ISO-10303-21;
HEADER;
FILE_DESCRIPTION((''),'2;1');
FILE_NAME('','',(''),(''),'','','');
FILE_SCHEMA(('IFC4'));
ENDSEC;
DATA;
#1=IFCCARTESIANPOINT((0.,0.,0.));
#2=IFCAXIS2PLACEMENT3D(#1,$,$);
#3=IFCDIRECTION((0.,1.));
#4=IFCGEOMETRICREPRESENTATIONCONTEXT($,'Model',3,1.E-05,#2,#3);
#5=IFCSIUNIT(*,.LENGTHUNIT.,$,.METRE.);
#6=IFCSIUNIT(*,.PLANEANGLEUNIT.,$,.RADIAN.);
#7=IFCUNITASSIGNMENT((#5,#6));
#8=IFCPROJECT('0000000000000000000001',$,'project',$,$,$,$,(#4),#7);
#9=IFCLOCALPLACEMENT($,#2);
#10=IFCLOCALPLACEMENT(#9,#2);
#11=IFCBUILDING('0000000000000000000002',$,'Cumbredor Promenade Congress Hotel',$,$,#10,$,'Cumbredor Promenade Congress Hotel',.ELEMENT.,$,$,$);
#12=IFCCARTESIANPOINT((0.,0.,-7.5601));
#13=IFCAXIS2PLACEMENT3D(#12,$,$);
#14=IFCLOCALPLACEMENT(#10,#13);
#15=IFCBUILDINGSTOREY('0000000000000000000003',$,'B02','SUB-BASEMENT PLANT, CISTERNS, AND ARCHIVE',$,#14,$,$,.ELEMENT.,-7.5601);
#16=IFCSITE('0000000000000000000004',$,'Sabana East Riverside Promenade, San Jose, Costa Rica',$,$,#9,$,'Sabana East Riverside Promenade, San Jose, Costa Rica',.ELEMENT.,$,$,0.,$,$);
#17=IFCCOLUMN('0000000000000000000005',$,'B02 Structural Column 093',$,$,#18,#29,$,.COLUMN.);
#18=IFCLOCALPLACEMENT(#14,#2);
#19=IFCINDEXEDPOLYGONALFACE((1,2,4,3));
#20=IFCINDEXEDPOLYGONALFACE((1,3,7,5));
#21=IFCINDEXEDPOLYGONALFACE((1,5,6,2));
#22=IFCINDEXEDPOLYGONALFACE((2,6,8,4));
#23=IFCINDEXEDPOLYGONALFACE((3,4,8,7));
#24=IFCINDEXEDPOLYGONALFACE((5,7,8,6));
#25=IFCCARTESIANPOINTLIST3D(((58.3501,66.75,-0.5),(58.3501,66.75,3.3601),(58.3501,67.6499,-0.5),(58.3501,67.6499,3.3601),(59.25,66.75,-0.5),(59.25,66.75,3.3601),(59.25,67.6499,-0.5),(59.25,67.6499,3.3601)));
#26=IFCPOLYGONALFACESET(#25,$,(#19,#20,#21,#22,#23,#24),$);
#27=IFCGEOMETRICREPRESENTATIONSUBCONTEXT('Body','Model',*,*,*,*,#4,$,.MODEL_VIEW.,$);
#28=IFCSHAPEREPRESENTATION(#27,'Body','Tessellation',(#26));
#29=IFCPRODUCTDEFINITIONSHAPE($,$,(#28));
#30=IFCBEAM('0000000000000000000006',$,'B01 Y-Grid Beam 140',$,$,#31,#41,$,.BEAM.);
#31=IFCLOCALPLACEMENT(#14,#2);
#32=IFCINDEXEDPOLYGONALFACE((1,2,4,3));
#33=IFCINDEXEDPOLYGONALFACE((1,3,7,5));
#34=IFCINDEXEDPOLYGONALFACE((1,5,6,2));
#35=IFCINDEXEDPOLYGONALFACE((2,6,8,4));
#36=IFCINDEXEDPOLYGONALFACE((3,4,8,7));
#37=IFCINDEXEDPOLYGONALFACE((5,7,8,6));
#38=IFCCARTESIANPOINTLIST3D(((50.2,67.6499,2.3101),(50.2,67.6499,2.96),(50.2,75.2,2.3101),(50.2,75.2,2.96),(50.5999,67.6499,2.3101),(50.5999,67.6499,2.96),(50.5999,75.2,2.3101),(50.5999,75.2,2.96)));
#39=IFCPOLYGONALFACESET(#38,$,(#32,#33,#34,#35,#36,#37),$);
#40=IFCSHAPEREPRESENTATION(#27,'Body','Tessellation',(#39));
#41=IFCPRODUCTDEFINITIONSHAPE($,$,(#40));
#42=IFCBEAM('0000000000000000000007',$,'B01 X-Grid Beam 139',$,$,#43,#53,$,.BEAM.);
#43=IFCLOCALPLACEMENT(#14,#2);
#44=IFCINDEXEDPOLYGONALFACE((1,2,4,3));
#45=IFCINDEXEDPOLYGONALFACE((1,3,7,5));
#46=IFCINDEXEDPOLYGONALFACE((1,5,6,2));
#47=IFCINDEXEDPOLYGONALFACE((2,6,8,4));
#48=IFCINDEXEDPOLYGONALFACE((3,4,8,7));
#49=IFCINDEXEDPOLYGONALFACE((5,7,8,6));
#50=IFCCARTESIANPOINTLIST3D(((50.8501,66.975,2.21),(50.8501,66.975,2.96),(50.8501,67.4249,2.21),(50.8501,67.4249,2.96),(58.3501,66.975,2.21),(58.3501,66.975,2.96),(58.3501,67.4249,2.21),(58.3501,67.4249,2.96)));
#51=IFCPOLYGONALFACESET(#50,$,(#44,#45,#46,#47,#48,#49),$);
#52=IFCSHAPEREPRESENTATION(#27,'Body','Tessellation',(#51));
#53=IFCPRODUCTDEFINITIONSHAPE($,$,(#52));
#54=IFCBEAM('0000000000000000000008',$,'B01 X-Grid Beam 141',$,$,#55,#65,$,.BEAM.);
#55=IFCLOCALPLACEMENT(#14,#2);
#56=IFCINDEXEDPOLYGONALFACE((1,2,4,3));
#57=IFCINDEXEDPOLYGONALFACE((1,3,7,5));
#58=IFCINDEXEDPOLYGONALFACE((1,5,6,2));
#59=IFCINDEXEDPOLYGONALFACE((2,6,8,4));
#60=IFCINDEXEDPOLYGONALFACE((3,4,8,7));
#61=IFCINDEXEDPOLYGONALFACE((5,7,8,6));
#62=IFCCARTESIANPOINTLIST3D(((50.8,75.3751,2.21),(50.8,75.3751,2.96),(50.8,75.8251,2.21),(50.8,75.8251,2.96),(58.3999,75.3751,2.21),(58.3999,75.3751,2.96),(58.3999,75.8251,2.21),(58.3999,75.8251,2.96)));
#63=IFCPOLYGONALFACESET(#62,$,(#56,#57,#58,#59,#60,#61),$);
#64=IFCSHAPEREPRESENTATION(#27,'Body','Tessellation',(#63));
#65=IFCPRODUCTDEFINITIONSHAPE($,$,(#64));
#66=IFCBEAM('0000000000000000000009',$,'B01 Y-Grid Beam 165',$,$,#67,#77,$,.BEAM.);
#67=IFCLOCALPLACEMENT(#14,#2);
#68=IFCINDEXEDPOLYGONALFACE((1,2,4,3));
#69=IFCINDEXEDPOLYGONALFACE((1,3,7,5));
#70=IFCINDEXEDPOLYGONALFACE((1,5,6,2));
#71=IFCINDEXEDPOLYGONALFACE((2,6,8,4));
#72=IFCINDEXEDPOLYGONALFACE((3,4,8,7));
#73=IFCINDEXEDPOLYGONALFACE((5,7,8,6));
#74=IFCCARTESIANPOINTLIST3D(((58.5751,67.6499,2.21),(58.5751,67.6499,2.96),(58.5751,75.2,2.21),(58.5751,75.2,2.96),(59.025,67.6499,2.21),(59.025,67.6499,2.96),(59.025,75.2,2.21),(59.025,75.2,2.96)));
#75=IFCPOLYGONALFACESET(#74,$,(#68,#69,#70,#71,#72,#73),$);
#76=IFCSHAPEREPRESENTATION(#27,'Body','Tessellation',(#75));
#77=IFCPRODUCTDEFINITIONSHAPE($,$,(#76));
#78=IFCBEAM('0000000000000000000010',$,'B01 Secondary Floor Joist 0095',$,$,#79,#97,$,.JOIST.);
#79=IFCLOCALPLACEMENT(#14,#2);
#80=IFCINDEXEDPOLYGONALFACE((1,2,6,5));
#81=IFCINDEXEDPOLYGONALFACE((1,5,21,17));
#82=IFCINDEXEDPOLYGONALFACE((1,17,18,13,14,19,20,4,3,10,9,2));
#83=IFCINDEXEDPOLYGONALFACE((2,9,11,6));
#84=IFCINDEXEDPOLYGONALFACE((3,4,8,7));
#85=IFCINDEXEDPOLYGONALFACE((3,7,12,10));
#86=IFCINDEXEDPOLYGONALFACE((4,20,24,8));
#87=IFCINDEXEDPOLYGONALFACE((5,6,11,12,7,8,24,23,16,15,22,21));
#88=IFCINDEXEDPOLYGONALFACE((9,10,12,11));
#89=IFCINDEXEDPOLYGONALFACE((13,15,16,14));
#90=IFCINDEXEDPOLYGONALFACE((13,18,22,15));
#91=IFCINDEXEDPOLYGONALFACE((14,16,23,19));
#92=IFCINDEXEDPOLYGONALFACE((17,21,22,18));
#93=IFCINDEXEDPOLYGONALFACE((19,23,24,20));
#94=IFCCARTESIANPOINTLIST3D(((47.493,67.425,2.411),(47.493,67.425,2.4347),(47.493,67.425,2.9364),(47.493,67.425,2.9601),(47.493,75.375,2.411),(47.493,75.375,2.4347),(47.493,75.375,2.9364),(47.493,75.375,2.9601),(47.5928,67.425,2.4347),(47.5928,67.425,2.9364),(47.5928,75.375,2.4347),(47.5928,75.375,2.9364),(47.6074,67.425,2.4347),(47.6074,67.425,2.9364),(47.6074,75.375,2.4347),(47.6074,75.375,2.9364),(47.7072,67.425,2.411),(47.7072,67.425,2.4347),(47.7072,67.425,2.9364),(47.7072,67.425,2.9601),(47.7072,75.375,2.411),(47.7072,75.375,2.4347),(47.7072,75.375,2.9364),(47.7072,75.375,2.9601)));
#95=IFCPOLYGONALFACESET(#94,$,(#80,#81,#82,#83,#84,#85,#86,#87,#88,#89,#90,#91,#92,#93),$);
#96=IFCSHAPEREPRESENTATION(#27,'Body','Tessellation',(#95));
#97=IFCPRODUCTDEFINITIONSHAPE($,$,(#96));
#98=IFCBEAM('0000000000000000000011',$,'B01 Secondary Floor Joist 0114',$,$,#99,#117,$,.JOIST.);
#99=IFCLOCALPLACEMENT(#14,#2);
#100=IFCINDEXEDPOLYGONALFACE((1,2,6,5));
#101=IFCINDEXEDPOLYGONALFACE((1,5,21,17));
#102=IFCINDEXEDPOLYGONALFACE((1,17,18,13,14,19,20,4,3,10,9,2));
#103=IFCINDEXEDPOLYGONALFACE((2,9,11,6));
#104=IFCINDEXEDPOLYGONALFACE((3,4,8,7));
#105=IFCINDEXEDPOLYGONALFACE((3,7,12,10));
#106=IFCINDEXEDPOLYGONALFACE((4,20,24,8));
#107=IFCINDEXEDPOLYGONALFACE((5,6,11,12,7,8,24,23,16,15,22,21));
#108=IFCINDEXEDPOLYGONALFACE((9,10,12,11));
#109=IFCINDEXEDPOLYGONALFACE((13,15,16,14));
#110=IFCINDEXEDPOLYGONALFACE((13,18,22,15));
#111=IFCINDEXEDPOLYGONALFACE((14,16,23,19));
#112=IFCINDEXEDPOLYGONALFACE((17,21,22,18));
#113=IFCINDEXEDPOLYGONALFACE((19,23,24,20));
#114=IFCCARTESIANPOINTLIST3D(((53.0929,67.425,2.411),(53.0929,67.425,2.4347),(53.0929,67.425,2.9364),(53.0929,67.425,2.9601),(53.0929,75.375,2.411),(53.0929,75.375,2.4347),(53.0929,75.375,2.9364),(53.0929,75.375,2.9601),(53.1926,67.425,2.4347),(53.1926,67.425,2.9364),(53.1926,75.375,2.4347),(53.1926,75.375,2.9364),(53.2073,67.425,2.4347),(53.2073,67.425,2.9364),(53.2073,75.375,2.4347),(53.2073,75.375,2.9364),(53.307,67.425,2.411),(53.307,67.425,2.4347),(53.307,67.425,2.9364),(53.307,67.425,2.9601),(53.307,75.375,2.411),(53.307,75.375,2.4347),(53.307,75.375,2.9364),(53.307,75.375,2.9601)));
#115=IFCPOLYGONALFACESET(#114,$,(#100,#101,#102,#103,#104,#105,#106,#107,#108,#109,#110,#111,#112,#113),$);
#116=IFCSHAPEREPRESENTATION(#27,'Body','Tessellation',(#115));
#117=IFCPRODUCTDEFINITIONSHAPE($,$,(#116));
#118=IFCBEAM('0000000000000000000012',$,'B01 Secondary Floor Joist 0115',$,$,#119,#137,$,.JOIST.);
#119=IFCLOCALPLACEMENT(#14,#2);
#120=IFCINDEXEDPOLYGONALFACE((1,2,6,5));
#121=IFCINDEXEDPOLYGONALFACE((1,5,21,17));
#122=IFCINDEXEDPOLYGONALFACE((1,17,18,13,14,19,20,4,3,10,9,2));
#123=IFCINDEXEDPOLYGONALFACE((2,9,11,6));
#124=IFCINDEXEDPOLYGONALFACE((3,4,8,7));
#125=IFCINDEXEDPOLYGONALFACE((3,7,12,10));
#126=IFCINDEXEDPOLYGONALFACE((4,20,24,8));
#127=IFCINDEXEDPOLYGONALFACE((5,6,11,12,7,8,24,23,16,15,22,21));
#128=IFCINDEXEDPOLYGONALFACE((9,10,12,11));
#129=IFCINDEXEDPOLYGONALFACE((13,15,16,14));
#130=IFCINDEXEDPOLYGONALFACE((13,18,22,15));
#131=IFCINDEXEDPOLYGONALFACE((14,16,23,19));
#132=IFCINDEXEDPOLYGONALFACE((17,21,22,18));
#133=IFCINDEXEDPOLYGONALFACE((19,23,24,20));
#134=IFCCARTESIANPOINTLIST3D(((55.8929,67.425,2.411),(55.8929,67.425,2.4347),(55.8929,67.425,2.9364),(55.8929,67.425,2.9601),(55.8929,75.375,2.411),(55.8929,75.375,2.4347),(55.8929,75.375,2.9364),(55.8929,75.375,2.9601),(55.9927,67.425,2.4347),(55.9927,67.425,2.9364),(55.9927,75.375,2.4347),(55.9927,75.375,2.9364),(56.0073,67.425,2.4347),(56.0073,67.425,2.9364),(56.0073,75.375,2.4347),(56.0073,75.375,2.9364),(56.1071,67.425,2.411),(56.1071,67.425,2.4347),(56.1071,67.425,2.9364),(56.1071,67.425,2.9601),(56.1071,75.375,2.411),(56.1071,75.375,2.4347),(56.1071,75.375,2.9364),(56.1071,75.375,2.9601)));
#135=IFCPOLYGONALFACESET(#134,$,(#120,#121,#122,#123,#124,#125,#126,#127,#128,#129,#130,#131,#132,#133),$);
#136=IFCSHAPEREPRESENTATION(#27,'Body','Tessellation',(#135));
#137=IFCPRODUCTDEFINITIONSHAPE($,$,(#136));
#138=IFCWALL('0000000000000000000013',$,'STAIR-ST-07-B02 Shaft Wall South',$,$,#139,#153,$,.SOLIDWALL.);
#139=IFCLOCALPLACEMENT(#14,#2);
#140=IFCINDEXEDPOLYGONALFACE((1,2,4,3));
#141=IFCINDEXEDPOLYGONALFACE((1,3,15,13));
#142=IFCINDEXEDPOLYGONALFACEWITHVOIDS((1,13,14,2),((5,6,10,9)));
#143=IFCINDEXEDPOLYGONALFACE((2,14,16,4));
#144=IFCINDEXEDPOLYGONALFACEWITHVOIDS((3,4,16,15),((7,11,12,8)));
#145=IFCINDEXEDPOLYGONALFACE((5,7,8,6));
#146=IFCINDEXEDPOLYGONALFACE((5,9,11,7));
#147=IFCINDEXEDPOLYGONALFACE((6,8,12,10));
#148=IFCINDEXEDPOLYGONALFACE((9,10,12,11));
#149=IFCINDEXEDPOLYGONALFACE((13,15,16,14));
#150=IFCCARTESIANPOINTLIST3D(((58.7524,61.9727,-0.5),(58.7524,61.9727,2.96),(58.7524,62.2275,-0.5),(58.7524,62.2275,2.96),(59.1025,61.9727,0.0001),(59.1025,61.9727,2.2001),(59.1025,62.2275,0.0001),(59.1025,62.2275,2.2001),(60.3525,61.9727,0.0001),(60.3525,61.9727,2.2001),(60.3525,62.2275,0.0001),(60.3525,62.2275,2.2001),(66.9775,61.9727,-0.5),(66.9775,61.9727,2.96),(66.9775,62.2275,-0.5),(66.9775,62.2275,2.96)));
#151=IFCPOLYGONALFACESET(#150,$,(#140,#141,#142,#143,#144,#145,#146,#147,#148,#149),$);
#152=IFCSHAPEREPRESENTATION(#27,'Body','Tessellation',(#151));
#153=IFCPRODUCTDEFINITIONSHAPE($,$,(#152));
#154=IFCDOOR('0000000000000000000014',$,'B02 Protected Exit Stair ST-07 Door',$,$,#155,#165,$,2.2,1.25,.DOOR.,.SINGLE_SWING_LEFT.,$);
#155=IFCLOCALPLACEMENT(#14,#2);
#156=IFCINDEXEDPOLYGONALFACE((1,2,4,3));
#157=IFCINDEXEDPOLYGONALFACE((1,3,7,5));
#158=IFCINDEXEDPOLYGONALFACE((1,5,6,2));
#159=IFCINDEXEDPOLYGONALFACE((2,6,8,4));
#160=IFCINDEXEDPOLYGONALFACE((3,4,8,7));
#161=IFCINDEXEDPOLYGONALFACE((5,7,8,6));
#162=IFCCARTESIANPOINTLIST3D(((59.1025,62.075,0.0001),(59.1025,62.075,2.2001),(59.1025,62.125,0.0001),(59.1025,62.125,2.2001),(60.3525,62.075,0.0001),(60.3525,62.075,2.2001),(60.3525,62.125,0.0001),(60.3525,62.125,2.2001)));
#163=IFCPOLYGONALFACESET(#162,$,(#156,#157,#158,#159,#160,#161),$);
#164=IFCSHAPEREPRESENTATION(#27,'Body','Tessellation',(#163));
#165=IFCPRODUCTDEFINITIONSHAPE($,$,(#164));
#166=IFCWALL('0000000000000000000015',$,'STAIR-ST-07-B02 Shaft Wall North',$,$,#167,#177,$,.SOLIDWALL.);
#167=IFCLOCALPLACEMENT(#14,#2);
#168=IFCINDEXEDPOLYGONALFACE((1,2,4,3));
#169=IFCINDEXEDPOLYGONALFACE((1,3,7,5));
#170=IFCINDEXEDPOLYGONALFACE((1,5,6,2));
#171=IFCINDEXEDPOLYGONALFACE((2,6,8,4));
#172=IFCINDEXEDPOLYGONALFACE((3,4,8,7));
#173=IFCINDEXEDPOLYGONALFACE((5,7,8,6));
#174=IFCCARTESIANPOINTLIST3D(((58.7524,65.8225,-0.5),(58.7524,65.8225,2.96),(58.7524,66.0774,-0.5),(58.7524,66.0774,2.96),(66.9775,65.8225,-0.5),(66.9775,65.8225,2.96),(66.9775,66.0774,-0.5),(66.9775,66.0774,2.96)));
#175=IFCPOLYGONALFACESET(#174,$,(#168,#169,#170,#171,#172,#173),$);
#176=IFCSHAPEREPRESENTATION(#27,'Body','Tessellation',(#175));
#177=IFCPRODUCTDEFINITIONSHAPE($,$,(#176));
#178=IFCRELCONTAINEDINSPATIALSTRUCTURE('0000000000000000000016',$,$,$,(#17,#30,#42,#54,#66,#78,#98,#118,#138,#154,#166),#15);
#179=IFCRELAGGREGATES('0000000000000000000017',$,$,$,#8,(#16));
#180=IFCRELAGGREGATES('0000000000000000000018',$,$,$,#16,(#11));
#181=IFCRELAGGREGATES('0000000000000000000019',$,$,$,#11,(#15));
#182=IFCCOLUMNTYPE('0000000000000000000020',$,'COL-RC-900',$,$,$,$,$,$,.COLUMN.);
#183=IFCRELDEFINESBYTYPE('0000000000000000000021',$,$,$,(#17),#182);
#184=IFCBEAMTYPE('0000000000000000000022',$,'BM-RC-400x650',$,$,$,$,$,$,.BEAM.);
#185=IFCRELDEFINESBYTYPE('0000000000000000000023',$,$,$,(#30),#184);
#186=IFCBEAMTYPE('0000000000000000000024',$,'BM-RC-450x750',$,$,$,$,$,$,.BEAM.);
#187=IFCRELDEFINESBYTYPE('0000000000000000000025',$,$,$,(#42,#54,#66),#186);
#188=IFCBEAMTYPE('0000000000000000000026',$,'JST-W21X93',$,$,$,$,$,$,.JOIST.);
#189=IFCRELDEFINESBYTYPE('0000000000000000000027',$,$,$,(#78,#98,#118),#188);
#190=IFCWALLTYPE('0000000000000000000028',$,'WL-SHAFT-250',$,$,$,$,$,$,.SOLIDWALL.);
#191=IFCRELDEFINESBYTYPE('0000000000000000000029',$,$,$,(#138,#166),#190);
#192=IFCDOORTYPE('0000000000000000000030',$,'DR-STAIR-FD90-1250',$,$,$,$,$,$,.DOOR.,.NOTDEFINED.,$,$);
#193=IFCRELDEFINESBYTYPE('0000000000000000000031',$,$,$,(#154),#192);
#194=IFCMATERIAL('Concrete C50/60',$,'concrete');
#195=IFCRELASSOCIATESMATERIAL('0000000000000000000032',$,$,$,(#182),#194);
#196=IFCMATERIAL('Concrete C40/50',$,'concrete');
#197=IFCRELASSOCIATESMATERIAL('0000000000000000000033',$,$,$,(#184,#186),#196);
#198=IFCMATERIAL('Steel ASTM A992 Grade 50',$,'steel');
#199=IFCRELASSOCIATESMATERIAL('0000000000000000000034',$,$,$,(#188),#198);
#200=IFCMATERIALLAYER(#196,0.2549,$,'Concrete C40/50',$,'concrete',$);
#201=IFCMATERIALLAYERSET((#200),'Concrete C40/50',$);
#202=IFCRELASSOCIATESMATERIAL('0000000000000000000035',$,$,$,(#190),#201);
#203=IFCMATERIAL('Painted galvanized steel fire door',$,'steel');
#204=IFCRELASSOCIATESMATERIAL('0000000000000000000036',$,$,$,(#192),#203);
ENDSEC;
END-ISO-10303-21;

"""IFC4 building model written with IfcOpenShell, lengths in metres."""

from ifc_helpers import new_model, si_unit, direction, frame, frame_2d, origin, origin_2d, place, context, subcontext, project, spatial, rectangle, i_section, extrude, material, layer, layer_set, material_profile, profile_set, type_object, element, fill, save


model = new_model("IFC4")

# Units and contexts
model_context = context("Model", 3, precision=1e-05, world=origin(), true_north=direction((0.0, 1.0)))
body_context = subcontext(model_context, "Body", "Model", "MODEL_VIEW")
ifc_project = project(units=[si_unit("LENGTHUNIT", "METRE"), si_unit("PLANEANGLEUNIT", "RADIAN")], contexts=[model_context])

# Site, building, storey
site_placement = place(None, origin())
site = spatial("IfcSite", under=ifc_project, at=site_placement, Name="Sabana East Riverside Promenade, San Jose, Costa Rica", LongName="Sabana East Riverside Promenade, San Jose, Costa Rica", CompositionType="ELEMENT", RefElevation=0.0)
building_placement = place(site_placement, origin())
building = spatial("IfcBuilding", under=site, at=building_placement, Name="Cumbredor Promenade Congress Hotel", LongName="Cumbredor Promenade Congress Hotel", CompositionType="ELEMENT")
storey_placement = place(building_placement, frame((0.0, 0.0, -7.5601)))
storey = spatial("IfcBuildingStorey", under=building, at=storey_placement, Name="B02", Description="SUB-BASEMENT PLANT, CISTERNS, AND ARCHIVE", CompositionType="ELEMENT", Elevation=-7.5601)

# Shared definitions
ifc_material_1 = material(Name="Concrete C40/50", Category="concrete")

# Column
ifc_material_2 = material(Name="Concrete C50/60", Category="concrete")
ifc_material_profile_1 = material_profile(ifc_material_2, rectangle(XDim=0.8999, YDim=0.8999, at=origin_2d()), Name="RC 900x900")
ifc_profile_set_1 = profile_set([ifc_material_profile_1], Name="Concrete C50/60")
column_type_1 = type_object("IfcColumnType", Name="COL-RC-900", PredefinedType="COLUMN", material=ifc_profile_set_1)
for number, where, z_axis, x_axis, name in (
    (1, (58.8, 67.2, -0.5), (0.0, 0.0, 1.0), (1.0, 0.0, 0.0), "B02 Structural Column 093"),
):
    element("IfcColumn", number, at=place(storey_placement, frame(where, z_axis=z_axis, x_axis=x_axis)), inside=storey, type_object=column_type_1, Name=name, PredefinedType="COLUMN", context=body_context, shape_type="SweptSolid", body=[
        extrude(rectangle(XDim=0.8999, YDim=0.8999, at=origin_2d()), origin(), (0.0, 0.0, 1.0), 3.8601),
    ])

# Beams
ifc_material_profile_2 = material_profile(ifc_material_1, rectangle(XDim=0.3999, YDim=0.6499, at=origin_2d()), Name="RC BEAM 400x650")
ifc_profile_set_2 = profile_set([ifc_material_profile_2], Name="Concrete C40/50")
beam_type_1 = type_object("IfcBeamType", Name="BM-RC-400x650", PredefinedType="BEAM", material=ifc_profile_set_2)
beam_1_placement = place(storey_placement, frame((50.3999, 67.6499, 2.635), z_axis=(0.0, 1.0, 0.0), x_axis=(-1.0, 0.0, 0.0)))
element("IfcBeam", 2, at=beam_1_placement, inside=storey, type_object=beam_type_1, Name="B01 Y-Grid Beam 140", PredefinedType="BEAM", context=body_context, shape_type="SweptSolid", body=[
    extrude(rectangle(XDim=0.3999, YDim=0.6499, at=origin_2d()), origin(), (0.0, 0.0, 1.0), 7.55),
])
ifc_material_profile_3 = material_profile(ifc_material_1, rectangle(XDim=0.45, YDim=0.75, at=origin_2d()), Name="RC BEAM 450x750")
ifc_profile_set_3 = profile_set([ifc_material_profile_3], Name="Concrete C40/50")
beam_type_2 = type_object("IfcBeamType", Name="BM-RC-450x750", PredefinedType="BEAM", material=ifc_profile_set_3)
beam_2_placement = place(storey_placement, frame((50.8501, 67.2, 2.585), z_axis=(1.0, 0.0, 0.0), x_axis=(0.0, 1.0, 0.0)))
element("IfcBeam", 3, at=beam_2_placement, inside=storey, type_object=beam_type_2, Name="B01 X-Grid Beam 139", PredefinedType="BEAM", context=body_context, shape_type="SweptSolid", body=[
    extrude(rectangle(XDim=0.45, YDim=0.75, at=origin_2d()), origin(), (0.0, 0.0, 1.0), 7.5),
])
beam_3_placement = place(storey_placement, frame((50.8, 75.6001, 2.585), z_axis=(1.0, 0.0, 0.0), x_axis=(0.0, 1.0, 0.0)))
element("IfcBeam", 4, at=beam_3_placement, inside=storey, type_object=beam_type_2, Name="B01 X-Grid Beam 141", PredefinedType="BEAM", context=body_context, shape_type="SweptSolid", body=[
    extrude(rectangle(XDim=0.45, YDim=0.75, at=origin_2d()), origin(), (0.0, 0.0, 1.0), 7.5999),
])
beam_4_placement = place(storey_placement, frame((58.8, 67.6499, 2.585), z_axis=(0.0, 1.0, 0.0), x_axis=(-1.0, 0.0, 0.0)))
element("IfcBeam", 5, at=beam_4_placement, inside=storey, type_object=beam_type_2, Name="B01 Y-Grid Beam 165", PredefinedType="BEAM", context=body_context, shape_type="SweptSolid", body=[
    extrude(rectangle(XDim=0.45, YDim=0.75, at=origin_2d()), origin(), (0.0, 0.0, 1.0), 7.55),
])
ifc_material_3 = material(Name="Steel ASTM A992 Grade 50", Category="steel")
ifc_material_profile_4 = material_profile(ifc_material_3, i_section(OverallWidth=0.2141, OverallDepth=0.5491, WebThickness=0.0146, FlangeThickness=0.0237, at=origin_2d()), Name="W21X93")
ifc_profile_set_4 = profile_set([ifc_material_profile_4], Name="Steel ASTM A992 Grade 50")
beam_type_3 = type_object("IfcBeamType", Name="JST-W21X93", PredefinedType="JOIST", material=ifc_profile_set_4)
for number, where, z_axis, x_axis, name in (
    (6, (47.6001, 67.425, 2.6855), (0.0, 1.0, 0.0), (-1.0, 0.0, 0.0), "B01 Secondary Floor Joist 0095"),
    (7, (53.2, 67.425, 2.6855), (0.0, 1.0, 0.0), (-1.0, 0.0, 0.0), "B01 Secondary Floor Joist 0114"),
    (8, (56.0, 67.425, 2.6855), (0.0, 1.0, 0.0), (-1.0, 0.0, 0.0), "B01 Secondary Floor Joist 0115"),
):
    element("IfcBeam", number, at=place(storey_placement, frame(where, z_axis=z_axis, x_axis=x_axis)), inside=storey, type_object=beam_type_3, Name=name, PredefinedType="JOIST", context=body_context, shape_type="SweptSolid", body=[
        extrude(i_section(OverallWidth=0.2141, OverallDepth=0.5491, WebThickness=0.0146, FlangeThickness=0.0237, at=origin_2d()), origin(), (0.0, 0.0, 1.0), 7.95),
    ])

# Wall, opening, door
ifc_layer = layer(ifc_material_1, 0.2549, Name="Concrete C40/50", Category="concrete")
ifc_layer_set = layer_set([ifc_layer], Name="Concrete C40/50")
wall_type = type_object("IfcWallType", Name="WL-SHAFT-250", PredefinedType="SOLIDWALL", material=ifc_layer_set)
wall_1_placement = place(storey_placement, frame((58.7524, 62.1001, -0.5), z_axis=(0.0, 0.0, 1.0), x_axis=(1.0, 0.0, 0.0)))
wall_1 = element("IfcWall", 9, at=wall_1_placement, inside=storey, type_object=wall_type, Name="STAIR-ST-07-B02 Shaft Wall South", PredefinedType="SOLIDWALL", context=body_context, shape_type="SweptSolid", body=[
    extrude(rectangle(XDim=8.2251, YDim=0.2549, at=frame_2d((4.1125, 0.0))), origin(), (0.0, 0.0, 1.0), 3.46),
])
opening_placement = place(wall_1_placement, frame((0.3501, 0.0, 0.5)))
opening = element("IfcOpeningElement", 10, at=opening_placement, cuts=wall_1, PredefinedType="OPENING", context=body_context, shape_type="SweptSolid", body=[
    extrude(rectangle(XDim=1.25, YDim=2.2, at=frame_2d((0.625, 1.1001))), frame((0.0, 0.1375, 0.0), z_axis=(0.0, -1.0, 0.0), x_axis=(1.0, 0.0, 0.0)), (0.0, 0.0, 1.0), 0.2749),
])
ifc_material_4 = material(Name="Painted galvanized steel fire door", Category="steel")
door_type = type_object("IfcDoorType", Name="DR-STAIR-FD90-1250", OperationType="NOTDEFINED", PredefinedType="DOOR", material=ifc_material_4)
door_placement = place(opening_placement, origin())
door = element("IfcDoor", 11, at=door_placement, inside=storey, type_object=door_type, Name="B02 Protected Exit Stair ST-07 Door", OperationType="SINGLE_SWING_LEFT", OverallHeight=2.2, OverallWidth=1.25, PredefinedType="DOOR", context=body_context, shape_type="SweptSolid", body=[
    extrude(rectangle(XDim=1.25, YDim=2.2, at=frame_2d((0.625, 1.1001))), frame((0.0, 0.0249, 0.0), z_axis=(0.0, -1.0, 0.0), x_axis=(1.0, 0.0, 0.0)), (0.0, 0.0, 1.0), 0.05),
])
fill(opening, door)

# Wall
wall_2_placement = place(storey_placement, frame((58.7524, 65.95, -0.5), z_axis=(0.0, 0.0, 1.0), x_axis=(1.0, 0.0, 0.0)))
element("IfcWall", 12, at=wall_2_placement, inside=storey, type_object=wall_type, Name="STAIR-ST-07-B02 Shaft Wall North", PredefinedType="SOLIDWALL", context=body_context, shape_type="SweptSolid", body=[
    extrude(rectangle(XDim=8.2251, YDim=0.2549, at=frame_2d((4.1125, 0.0))), origin(), (0.0, 0.0, 1.0), 3.46),
])

save(model, "model.ifc")
